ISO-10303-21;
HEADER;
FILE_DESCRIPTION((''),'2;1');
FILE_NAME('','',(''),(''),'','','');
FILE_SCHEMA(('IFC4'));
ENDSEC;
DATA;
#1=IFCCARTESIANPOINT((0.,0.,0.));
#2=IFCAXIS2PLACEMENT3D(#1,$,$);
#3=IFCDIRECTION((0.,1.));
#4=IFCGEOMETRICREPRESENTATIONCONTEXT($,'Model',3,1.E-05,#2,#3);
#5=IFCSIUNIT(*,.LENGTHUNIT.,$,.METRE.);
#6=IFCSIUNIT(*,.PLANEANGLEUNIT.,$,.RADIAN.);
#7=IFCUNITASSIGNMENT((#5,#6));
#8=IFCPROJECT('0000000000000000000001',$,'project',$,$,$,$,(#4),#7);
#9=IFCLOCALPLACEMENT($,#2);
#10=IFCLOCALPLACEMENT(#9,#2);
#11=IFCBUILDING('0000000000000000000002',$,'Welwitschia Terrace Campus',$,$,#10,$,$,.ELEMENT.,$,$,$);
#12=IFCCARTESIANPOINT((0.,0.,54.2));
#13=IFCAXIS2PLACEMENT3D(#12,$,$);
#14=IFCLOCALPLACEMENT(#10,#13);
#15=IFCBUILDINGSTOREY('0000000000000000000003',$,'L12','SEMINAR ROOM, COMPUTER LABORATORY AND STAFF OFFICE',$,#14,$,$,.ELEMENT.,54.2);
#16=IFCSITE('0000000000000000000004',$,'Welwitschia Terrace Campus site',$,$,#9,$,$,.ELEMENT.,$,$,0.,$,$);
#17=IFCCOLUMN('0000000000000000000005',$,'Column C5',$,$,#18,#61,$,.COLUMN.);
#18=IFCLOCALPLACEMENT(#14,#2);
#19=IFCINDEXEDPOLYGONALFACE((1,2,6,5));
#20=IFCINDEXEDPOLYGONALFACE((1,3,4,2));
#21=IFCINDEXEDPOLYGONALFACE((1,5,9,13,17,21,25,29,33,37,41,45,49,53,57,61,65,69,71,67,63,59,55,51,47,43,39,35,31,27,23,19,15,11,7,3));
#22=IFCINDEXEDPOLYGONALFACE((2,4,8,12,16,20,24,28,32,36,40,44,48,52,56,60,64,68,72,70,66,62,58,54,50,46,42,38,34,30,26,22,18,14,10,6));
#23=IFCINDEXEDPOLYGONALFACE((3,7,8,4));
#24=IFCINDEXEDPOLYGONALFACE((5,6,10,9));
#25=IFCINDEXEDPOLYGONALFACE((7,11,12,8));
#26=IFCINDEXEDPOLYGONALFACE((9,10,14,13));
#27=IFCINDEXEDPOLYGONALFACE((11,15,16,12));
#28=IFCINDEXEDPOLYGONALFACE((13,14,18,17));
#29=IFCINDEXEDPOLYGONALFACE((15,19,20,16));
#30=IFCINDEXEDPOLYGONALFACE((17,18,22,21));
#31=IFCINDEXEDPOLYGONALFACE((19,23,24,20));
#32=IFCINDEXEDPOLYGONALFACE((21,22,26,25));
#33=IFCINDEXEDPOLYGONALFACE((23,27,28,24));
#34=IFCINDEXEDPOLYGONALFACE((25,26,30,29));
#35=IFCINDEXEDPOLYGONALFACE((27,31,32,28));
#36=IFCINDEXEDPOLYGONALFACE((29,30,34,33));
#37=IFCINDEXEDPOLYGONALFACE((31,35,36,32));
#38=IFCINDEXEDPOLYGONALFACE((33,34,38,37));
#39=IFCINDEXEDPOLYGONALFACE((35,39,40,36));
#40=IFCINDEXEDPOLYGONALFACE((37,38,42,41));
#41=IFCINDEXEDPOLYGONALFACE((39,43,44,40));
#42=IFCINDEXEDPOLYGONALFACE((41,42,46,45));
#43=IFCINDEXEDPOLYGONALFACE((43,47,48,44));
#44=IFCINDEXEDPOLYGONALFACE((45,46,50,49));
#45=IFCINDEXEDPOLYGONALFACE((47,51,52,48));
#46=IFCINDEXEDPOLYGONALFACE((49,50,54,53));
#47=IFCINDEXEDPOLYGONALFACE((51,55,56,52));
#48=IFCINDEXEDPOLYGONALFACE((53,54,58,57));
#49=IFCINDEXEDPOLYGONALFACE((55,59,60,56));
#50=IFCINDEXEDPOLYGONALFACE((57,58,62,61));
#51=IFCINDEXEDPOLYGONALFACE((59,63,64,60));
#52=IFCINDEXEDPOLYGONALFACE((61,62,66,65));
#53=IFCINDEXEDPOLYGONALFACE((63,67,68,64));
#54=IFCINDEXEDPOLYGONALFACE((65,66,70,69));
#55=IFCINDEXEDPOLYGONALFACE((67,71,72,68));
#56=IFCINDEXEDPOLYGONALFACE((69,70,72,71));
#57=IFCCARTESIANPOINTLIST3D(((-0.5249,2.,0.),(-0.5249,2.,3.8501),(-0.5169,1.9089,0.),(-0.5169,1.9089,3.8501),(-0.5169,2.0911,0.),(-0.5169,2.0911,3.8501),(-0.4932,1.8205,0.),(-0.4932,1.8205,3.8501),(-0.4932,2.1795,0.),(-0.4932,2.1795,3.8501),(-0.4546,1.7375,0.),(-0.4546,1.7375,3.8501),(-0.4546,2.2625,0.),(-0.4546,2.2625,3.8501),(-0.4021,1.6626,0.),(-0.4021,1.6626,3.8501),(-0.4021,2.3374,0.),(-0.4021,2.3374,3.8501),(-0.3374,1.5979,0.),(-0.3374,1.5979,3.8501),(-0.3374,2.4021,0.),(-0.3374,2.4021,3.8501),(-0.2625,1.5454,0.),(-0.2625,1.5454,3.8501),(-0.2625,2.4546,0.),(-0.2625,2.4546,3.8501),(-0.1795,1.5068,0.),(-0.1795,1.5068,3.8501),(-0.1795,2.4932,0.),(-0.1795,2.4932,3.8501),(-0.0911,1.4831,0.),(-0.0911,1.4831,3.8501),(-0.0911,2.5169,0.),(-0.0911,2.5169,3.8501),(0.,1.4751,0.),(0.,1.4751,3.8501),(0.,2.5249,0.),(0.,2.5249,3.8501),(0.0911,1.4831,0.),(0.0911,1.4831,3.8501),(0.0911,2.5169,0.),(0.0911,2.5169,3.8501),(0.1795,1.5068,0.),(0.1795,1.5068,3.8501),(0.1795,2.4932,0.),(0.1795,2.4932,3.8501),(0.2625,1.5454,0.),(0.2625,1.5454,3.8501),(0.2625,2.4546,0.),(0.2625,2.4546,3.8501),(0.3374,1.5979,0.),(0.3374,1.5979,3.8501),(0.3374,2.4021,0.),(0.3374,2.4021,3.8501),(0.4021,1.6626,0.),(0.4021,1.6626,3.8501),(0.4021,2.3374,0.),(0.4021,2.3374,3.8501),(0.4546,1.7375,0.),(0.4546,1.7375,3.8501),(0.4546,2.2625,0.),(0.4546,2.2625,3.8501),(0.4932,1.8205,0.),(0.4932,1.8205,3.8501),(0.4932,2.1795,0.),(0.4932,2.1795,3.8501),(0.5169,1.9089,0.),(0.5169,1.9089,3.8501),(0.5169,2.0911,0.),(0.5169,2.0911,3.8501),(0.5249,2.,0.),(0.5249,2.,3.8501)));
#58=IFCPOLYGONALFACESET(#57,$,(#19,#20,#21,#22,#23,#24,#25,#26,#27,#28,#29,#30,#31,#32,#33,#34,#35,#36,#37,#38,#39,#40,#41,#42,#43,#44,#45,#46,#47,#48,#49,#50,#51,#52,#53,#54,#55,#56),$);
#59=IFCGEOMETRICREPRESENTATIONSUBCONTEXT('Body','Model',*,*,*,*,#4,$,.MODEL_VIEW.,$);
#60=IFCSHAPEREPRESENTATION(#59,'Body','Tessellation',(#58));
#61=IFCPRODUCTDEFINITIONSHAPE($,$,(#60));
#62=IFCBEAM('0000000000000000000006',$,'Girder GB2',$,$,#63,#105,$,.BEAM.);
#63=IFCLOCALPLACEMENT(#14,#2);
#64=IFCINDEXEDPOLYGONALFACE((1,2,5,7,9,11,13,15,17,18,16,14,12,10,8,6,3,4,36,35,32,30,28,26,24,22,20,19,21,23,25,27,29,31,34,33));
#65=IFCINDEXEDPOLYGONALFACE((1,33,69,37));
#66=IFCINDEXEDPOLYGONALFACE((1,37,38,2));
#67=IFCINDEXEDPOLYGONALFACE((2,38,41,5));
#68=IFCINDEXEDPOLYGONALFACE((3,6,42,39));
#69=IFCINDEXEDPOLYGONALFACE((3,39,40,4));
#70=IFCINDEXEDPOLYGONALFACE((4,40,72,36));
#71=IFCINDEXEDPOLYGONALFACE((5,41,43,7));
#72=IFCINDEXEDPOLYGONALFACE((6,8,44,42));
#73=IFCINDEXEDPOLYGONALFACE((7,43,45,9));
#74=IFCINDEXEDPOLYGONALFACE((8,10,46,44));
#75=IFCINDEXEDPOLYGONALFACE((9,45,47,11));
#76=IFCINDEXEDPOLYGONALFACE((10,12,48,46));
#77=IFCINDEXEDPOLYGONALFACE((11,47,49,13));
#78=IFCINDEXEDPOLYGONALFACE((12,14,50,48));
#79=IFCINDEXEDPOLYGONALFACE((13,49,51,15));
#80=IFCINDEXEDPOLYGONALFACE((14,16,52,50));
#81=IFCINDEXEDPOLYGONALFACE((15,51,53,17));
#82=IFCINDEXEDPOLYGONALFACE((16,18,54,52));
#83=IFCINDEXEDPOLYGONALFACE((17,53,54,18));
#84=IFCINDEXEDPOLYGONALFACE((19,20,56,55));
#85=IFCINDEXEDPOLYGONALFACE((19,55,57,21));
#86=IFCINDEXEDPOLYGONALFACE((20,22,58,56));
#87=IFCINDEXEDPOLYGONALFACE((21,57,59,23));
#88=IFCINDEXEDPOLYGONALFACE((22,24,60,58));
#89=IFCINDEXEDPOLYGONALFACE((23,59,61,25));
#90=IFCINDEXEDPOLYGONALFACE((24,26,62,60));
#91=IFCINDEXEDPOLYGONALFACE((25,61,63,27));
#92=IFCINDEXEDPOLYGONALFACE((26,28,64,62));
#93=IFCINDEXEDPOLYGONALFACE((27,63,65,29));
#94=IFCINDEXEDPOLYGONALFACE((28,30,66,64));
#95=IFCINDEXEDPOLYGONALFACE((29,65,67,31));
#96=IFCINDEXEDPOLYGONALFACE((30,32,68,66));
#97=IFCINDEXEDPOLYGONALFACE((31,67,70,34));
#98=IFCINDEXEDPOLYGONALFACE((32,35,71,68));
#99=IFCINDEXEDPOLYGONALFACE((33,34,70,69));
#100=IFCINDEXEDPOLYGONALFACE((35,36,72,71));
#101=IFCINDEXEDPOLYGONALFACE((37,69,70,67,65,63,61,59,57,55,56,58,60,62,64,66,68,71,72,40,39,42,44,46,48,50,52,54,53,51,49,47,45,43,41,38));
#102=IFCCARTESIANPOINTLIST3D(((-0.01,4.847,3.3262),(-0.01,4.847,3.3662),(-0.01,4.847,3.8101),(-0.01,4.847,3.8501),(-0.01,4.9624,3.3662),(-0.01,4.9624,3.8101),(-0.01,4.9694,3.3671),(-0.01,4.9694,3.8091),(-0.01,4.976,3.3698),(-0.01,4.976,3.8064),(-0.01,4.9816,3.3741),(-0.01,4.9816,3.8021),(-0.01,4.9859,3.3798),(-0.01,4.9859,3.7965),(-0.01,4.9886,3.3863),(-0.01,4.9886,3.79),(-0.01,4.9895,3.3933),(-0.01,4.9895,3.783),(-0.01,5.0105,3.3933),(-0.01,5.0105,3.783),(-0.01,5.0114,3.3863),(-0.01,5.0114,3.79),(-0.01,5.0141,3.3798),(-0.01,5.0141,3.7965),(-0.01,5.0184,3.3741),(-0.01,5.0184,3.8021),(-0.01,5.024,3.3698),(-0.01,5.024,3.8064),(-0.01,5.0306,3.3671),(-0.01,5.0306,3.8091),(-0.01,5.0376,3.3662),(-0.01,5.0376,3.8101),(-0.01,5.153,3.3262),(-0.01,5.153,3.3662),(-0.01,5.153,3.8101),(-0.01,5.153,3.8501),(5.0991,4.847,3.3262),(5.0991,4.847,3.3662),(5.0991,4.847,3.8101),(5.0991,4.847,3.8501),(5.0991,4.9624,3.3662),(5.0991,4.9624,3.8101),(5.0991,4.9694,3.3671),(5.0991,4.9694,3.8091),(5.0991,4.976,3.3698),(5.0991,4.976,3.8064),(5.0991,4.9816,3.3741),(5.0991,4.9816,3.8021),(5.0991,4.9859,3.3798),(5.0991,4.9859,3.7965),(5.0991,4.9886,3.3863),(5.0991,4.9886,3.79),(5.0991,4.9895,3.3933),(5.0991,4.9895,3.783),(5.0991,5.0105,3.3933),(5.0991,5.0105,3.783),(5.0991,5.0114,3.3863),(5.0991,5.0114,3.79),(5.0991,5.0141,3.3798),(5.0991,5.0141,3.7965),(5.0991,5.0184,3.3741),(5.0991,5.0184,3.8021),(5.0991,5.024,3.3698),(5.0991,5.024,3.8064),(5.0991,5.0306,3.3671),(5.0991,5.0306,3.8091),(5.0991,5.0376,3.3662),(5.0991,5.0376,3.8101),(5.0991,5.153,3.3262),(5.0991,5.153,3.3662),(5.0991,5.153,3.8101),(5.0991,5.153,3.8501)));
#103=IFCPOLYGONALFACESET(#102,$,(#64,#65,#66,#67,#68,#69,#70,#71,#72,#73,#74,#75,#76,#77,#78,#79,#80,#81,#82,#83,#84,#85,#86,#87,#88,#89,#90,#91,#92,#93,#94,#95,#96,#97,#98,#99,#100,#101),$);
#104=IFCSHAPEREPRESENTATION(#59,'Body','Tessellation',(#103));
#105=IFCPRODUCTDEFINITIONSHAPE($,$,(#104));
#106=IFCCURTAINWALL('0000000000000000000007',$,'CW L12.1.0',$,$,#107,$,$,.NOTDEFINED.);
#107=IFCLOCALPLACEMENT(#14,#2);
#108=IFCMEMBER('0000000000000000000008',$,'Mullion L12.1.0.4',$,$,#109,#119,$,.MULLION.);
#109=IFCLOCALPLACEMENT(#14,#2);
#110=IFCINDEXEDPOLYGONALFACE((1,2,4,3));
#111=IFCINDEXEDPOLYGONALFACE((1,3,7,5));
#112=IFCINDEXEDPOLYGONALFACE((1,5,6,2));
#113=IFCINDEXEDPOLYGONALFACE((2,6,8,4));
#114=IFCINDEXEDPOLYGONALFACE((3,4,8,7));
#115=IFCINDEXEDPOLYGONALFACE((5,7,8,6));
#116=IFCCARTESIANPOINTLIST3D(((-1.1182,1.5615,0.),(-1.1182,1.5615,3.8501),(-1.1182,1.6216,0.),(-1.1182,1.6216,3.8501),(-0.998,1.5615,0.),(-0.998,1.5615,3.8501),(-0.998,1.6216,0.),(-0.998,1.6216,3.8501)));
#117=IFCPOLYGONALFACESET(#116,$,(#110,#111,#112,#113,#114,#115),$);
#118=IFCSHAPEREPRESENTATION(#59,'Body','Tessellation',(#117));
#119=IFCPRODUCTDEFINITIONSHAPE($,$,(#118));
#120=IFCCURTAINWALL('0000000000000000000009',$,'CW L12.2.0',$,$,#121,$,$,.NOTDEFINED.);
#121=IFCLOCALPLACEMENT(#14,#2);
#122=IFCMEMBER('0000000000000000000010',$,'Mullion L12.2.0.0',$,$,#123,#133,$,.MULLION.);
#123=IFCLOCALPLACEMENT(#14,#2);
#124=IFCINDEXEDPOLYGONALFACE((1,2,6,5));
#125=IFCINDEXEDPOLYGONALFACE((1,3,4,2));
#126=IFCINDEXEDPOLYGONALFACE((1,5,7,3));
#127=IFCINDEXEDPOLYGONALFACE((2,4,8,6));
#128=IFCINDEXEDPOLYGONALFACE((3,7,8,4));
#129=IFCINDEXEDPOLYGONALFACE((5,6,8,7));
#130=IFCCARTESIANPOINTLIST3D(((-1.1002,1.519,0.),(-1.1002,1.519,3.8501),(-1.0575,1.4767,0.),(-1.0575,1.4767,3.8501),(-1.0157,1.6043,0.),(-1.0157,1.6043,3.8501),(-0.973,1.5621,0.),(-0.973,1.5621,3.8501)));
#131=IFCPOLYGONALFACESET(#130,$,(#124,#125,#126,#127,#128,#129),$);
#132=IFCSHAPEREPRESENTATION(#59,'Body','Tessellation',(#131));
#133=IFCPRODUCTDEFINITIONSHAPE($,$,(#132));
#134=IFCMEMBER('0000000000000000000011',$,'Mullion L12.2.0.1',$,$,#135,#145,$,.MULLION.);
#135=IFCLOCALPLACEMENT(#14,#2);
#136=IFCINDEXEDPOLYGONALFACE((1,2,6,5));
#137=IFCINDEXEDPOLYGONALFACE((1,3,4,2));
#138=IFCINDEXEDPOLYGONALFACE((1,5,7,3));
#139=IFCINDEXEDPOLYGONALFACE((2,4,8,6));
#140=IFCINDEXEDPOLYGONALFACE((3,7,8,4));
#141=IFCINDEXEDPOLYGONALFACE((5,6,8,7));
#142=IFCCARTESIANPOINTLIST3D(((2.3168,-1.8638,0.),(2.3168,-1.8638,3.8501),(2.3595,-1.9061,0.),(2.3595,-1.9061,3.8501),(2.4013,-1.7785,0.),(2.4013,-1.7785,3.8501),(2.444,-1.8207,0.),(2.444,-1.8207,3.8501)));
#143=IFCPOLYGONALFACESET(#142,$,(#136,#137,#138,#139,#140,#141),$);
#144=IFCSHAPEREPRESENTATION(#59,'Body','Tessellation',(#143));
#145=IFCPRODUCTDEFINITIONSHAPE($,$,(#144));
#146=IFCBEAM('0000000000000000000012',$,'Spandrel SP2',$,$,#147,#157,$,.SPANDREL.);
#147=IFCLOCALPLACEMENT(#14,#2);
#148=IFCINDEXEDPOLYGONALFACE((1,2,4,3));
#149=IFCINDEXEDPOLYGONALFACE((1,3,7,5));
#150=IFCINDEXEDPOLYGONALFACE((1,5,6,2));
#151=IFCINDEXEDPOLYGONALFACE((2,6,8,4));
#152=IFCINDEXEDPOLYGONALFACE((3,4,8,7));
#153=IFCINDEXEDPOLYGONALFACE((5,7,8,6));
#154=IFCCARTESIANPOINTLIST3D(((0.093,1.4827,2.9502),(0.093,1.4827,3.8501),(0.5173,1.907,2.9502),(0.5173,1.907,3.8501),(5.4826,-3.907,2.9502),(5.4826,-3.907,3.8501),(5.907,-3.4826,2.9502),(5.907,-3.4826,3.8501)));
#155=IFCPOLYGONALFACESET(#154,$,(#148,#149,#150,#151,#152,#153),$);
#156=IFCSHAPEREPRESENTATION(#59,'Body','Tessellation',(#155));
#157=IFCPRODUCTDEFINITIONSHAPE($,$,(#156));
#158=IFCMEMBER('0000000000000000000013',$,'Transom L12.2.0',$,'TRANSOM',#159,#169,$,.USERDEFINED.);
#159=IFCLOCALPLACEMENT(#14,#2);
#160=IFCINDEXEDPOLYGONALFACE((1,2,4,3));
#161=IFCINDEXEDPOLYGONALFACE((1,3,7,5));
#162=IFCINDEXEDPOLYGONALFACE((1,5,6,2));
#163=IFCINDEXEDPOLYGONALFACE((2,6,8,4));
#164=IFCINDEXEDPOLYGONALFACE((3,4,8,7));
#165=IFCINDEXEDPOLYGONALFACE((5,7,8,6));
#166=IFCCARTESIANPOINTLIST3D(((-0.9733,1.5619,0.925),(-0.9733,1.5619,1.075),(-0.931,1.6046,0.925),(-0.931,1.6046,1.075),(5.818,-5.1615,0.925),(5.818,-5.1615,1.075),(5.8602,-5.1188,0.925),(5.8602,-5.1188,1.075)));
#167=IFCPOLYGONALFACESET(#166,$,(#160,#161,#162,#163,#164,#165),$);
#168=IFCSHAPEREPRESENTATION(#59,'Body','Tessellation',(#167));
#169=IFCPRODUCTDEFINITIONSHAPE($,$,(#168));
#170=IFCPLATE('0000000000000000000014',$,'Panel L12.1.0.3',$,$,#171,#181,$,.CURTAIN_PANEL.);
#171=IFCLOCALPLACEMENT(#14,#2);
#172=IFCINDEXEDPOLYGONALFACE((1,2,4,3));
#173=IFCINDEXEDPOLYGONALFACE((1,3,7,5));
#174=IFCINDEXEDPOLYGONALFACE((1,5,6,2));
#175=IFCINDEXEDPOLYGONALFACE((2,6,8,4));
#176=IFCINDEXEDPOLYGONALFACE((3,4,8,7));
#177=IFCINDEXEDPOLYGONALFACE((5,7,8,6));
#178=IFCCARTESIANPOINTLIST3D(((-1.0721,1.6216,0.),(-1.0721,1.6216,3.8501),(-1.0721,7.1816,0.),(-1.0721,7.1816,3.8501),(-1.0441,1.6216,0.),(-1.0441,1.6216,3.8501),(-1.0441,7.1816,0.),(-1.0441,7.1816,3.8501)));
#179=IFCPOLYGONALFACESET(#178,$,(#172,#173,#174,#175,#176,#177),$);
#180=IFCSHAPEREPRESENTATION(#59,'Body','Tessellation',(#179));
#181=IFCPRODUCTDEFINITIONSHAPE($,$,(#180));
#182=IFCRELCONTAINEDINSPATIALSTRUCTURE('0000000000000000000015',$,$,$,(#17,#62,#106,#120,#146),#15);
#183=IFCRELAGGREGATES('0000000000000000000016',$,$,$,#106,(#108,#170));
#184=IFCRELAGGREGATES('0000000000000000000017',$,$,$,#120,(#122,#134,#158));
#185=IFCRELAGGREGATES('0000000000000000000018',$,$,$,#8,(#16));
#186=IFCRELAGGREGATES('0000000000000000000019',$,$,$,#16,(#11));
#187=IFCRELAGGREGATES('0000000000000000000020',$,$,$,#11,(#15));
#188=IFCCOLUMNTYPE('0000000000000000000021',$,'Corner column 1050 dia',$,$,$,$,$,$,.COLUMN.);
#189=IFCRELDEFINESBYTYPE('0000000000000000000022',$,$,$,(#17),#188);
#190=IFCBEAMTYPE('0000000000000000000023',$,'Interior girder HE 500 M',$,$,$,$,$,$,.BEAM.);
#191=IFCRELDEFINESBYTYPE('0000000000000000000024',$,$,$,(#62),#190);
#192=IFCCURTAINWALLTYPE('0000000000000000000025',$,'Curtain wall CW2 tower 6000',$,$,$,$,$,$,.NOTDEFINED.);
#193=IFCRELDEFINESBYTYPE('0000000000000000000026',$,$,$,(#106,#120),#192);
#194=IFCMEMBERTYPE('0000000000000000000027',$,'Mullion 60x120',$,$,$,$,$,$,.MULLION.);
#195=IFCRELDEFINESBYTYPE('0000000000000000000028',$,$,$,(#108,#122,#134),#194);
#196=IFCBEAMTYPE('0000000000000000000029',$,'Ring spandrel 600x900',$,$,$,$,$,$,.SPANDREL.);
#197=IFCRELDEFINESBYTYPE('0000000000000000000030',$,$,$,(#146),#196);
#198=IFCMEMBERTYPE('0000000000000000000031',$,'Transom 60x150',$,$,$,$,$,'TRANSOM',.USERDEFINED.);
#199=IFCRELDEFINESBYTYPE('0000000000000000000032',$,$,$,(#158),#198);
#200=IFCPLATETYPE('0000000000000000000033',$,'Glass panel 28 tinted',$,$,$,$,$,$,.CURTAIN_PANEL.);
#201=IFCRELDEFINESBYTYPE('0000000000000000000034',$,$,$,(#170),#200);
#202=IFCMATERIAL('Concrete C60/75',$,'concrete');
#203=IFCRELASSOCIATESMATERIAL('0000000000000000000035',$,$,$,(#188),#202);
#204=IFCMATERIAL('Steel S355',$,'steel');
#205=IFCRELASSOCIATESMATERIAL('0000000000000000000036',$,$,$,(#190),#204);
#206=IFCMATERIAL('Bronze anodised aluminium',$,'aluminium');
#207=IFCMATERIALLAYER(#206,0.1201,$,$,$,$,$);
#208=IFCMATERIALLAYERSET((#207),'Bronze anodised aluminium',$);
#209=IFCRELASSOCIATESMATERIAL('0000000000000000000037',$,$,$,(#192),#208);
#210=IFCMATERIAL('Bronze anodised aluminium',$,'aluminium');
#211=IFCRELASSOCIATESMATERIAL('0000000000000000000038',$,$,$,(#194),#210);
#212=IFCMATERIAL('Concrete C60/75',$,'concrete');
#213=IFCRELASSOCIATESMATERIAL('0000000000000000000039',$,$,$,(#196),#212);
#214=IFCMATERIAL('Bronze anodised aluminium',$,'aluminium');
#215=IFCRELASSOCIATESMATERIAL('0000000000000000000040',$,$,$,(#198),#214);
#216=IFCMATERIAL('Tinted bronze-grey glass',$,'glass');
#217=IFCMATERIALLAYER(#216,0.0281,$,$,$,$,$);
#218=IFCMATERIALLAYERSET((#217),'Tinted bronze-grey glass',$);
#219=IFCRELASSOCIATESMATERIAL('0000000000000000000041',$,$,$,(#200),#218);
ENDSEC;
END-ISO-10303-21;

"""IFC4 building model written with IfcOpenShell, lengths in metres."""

from ifc_helpers import new_model, si_unit, direction, frame, origin, origin_2d, place, context, subcontext, project, spatial, rectangle, circle, i_section, extrude, material, layer, layer_set, material_profile, profile_set, type_object, element, aggregate, save


model = new_model("IFC4")

# Units and contexts
model_context = context("Model", 3, precision=1e-05, world=origin(), true_north=direction((0.0, 1.0)))
body_context = subcontext(model_context, "Body", "Model", "MODEL_VIEW")
ifc_project = project(units=[si_unit("LENGTHUNIT", "METRE"), si_unit("PLANEANGLEUNIT", "RADIAN")], contexts=[model_context])

# Site, building, storey
site_placement = place(None, origin())
site = spatial("IfcSite", under=ifc_project, at=site_placement, Name="Welwitschia Terrace Campus site", CompositionType="ELEMENT", RefElevation=0.0)
building_placement = place(site_placement, origin())
building = spatial("IfcBuilding", under=site, at=building_placement, Name="Welwitschia Terrace Campus", CompositionType="ELEMENT")
storey_placement = place(building_placement, frame((0.0, 0.0, 54.2)))
storey = spatial("IfcBuildingStorey", under=building, at=storey_placement, Name="L12", Description="SEMINAR ROOM, COMPUTER LABORATORY AND STAFF OFFICE", CompositionType="ELEMENT", Elevation=54.2)

# Column
ifc_material_1 = material(Name="Concrete C60/75", Category="concrete")
ifc_material_profile_1 = material_profile(ifc_material_1, circle(Radius=0.5249, at=origin_2d()))
ifc_profile_set_1 = profile_set([ifc_material_profile_1], Name="Concrete C60/75")
column_type = type_object("IfcColumnType", Name="Corner column 1050 dia", PredefinedType="COLUMN", material=ifc_profile_set_1)
column_placement = place(storey_placement, frame((0.0, 2.0, 0.0), z_axis=(0.0, 0.0, 1.0), x_axis=(1.0, 0.0, 0.0)))
element("IfcColumn", 1, at=column_placement, inside=storey, type_object=column_type, Name="Column C5", PredefinedType="COLUMN", context=body_context, shape_type="SweptSolid", body=[
    extrude(circle(Radius=0.5249, at=origin_2d()), origin(), (0.0, 0.0, 1.0), 3.8501),
])

# Beam
ifc_material_2 = material(Name="Steel S355", Category="steel")
ifc_material_profile_2 = material_profile(ifc_material_2, i_section(OverallWidth=0.3059, OverallDepth=0.5239, WebThickness=0.021, FlangeThickness=0.04, FilletRadius=0.0271, at=origin_2d()))
ifc_profile_set_2 = profile_set([ifc_material_profile_2], Name="Steel S355")
beam_type_1 = type_object("IfcBeamType", Name="Interior girder HE 500 M", PredefinedType="BEAM", material=ifc_profile_set_2)
beam_1_placement = place(storey_placement, frame((-0.01, 5.0, 3.5881), z_axis=(1.0, 0.0, 0.0), x_axis=(0.0, 1.0, 0.0)))
element("IfcBeam", 2, at=beam_1_placement, inside=storey, type_object=beam_type_1, Name="Girder GB2", PredefinedType="BEAM", context=body_context, shape_type="SweptSolid", body=[
    extrude(i_section(OverallWidth=0.3059, OverallDepth=0.5239, WebThickness=0.021, FlangeThickness=0.04, FilletRadius=0.0271, at=origin_2d()), origin(), (0.0, 0.0, 1.0), 5.1091),
])

# Curtain wall, member
ifc_material_3 = material(Name="Bronze anodised aluminium", Category="aluminium")
ifc_layer_1 = layer(ifc_material_3, 0.1201)
ifc_layer_set_1 = layer_set([ifc_layer_1], Name="Bronze anodised aluminium")
curtain_wall_type = type_object("IfcCurtainWallType", Name="Curtain wall CW2 tower 6000", PredefinedType="NOTDEFINED", material=ifc_layer_set_1)
curtain_wall_1_placement = place(storey_placement, origin())
curtain_wall_1 = element("IfcCurtainWall", 3, at=curtain_wall_1_placement, inside=storey, type_object=curtain_wall_type, Name="CW L12.1.0", PredefinedType="NOTDEFINED")
ifc_material_4 = material(Name="Bronze anodised aluminium", Category="aluminium")
ifc_material_profile_3 = material_profile(ifc_material_4, rectangle(XDim=0.1201, YDim=0.0601, at=origin_2d()))
ifc_profile_set_3 = profile_set([ifc_material_profile_3], Name="Bronze anodised aluminium")
member_type_1 = type_object("IfcMemberType", Name="Mullion 60x120", PredefinedType="MULLION", material=ifc_profile_set_3)
member_1_placement = place(storey_placement, frame((-1.0581, 1.5916, 0.0), z_axis=(0.0, 0.0, 1.0), x_axis=(1.0, 0.0, 0.0)))
member_1 = element("IfcMember", 4, at=member_1_placement, type_object=member_type_1, Name="Mullion L12.1.0.4", PredefinedType="MULLION", context=body_context, shape_type="SweptSolid", body=[
    extrude(rectangle(XDim=0.1201, YDim=0.0601, at=origin_2d()), origin(), (0.0, 0.0, 1.0), 3.8501),
])

# Curtain wall, members
curtain_wall_2_placement = place(storey_placement, origin())
curtain_wall_2 = element("IfcCurtainWall", 5, at=curtain_wall_2_placement, inside=storey, type_object=curtain_wall_type, Name="CW L12.2.0", PredefinedType="NOTDEFINED")
member_2_placement = place(storey_placement, frame((-1.0366, 1.5405, 0.0), z_axis=(0.0, 0.0, 1.0), x_axis=(0.703552, 0.710644, 0.0)))
member_2 = element("IfcMember", 6, at=member_2_placement, type_object=member_type_1, Name="Mullion L12.2.0.0", PredefinedType="MULLION", context=body_context, shape_type="SweptSolid", body=[
    extrude(rectangle(XDim=0.1201, YDim=0.0601, at=origin_2d()), origin(), (0.0, 0.0, 1.0), 3.8501),
])
member_3_placement = place(storey_placement, frame((2.3804, -1.8423, 0.0), z_axis=(0.0, 0.0, 1.0), x_axis=(0.703552, 0.710644, 0.0)))
member_3 = element("IfcMember", 7, at=member_3_placement, type_object=member_type_1, Name="Mullion L12.2.0.1", PredefinedType="MULLION", context=body_context, shape_type="SweptSolid", body=[
    extrude(rectangle(XDim=0.1201, YDim=0.0601, at=origin_2d()), origin(), (0.0, 0.0, 1.0), 3.8501),
])

# Beam
ifc_material_5 = material(Name="Concrete C60/75", Category="concrete")
ifc_material_profile_4 = material_profile(ifc_material_5, rectangle(XDim=0.6001, YDim=0.8999, at=origin_2d()))
ifc_profile_set_4 = profile_set([ifc_material_profile_4], Name="Concrete C60/75")
beam_type_2 = type_object("IfcBeamType", Name="Ring spandrel 600x900", PredefinedType="SPANDREL", material=ifc_profile_set_4)
beam_2_placement = place(storey_placement, frame((0.3052, 1.6948, 3.4001), z_axis=(0.707107, -0.707107, 0.0), x_axis=(0.707107, 0.707107, 0.0)))
element("IfcBeam", 8, at=beam_2_placement, inside=storey, type_object=beam_type_2, Name="Spandrel SP2", PredefinedType="SPANDREL", context=body_context, shape_type="SweptSolid", body=[
    extrude(rectangle(XDim=0.6001, YDim=0.8999, at=origin_2d()), origin(), (0.0, 0.0, 1.0), 7.6221),
])

# Member
ifc_material_6 = material(Name="Bronze anodised aluminium", Category="aluminium")
ifc_material_profile_5 = material_profile(ifc_material_6, rectangle(XDim=0.0601, YDim=0.1499, at=origin_2d()))
ifc_profile_set_5 = profile_set([ifc_material_profile_5], Name="Bronze anodised aluminium")
member_type_2 = type_object("IfcMemberType", Name="Transom 60x150", ElementType="TRANSOM", PredefinedType="USERDEFINED", material=ifc_profile_set_5)
member_4_placement = place(storey_placement, frame((-0.9521, 1.5833, 1.0), z_axis=(0.710649, -0.703547, 0.0), x_axis=(0.703547, 0.710649, 0.0)))
member_4 = element("IfcMember", 9, at=member_4_placement, type_object=member_type_2, Name="Transom L12.2.0", ObjectType="TRANSOM", PredefinedType="USERDEFINED", context=body_context, shape_type="SweptSolid", body=[
    extrude(rectangle(XDim=0.0601, YDim=0.1499, at=origin_2d()), origin(), (0.0, 0.0, 1.0), 9.5564),
])

# Plate
ifc_material_7 = material(Name="Tinted bronze-grey glass", Category="glass")
ifc_layer_2 = layer(ifc_material_7, 0.0281)
ifc_layer_set_2 = layer_set([ifc_layer_2], Name="Tinted bronze-grey glass")
plate_type = type_object("IfcPlateType", Name="Glass panel 28 tinted", PredefinedType="CURTAIN_PANEL", material=ifc_layer_set_2)
plate_1_placement = place(storey_placement, frame((-1.0581, 4.4016, 0.0), z_axis=(0.0, 0.0, 1.0), x_axis=(0.0, -1.0, 0.0)))
plate_1 = element("IfcPlate", 10, at=plate_1_placement, type_object=plate_type, Name="Panel L12.1.0.3", PredefinedType="CURTAIN_PANEL", context=body_context, shape_type="SweptSolid", body=[
    extrude(rectangle(XDim=5.5601, YDim=0.0281, at=origin_2d()), origin(), (0.0, 0.0, 1.0), 3.8501),
])
aggregate(curtain_wall_1, [member_1, plate_1])
aggregate(curtain_wall_2, [member_2, member_3, member_4])

save(model, "model.ifc")
